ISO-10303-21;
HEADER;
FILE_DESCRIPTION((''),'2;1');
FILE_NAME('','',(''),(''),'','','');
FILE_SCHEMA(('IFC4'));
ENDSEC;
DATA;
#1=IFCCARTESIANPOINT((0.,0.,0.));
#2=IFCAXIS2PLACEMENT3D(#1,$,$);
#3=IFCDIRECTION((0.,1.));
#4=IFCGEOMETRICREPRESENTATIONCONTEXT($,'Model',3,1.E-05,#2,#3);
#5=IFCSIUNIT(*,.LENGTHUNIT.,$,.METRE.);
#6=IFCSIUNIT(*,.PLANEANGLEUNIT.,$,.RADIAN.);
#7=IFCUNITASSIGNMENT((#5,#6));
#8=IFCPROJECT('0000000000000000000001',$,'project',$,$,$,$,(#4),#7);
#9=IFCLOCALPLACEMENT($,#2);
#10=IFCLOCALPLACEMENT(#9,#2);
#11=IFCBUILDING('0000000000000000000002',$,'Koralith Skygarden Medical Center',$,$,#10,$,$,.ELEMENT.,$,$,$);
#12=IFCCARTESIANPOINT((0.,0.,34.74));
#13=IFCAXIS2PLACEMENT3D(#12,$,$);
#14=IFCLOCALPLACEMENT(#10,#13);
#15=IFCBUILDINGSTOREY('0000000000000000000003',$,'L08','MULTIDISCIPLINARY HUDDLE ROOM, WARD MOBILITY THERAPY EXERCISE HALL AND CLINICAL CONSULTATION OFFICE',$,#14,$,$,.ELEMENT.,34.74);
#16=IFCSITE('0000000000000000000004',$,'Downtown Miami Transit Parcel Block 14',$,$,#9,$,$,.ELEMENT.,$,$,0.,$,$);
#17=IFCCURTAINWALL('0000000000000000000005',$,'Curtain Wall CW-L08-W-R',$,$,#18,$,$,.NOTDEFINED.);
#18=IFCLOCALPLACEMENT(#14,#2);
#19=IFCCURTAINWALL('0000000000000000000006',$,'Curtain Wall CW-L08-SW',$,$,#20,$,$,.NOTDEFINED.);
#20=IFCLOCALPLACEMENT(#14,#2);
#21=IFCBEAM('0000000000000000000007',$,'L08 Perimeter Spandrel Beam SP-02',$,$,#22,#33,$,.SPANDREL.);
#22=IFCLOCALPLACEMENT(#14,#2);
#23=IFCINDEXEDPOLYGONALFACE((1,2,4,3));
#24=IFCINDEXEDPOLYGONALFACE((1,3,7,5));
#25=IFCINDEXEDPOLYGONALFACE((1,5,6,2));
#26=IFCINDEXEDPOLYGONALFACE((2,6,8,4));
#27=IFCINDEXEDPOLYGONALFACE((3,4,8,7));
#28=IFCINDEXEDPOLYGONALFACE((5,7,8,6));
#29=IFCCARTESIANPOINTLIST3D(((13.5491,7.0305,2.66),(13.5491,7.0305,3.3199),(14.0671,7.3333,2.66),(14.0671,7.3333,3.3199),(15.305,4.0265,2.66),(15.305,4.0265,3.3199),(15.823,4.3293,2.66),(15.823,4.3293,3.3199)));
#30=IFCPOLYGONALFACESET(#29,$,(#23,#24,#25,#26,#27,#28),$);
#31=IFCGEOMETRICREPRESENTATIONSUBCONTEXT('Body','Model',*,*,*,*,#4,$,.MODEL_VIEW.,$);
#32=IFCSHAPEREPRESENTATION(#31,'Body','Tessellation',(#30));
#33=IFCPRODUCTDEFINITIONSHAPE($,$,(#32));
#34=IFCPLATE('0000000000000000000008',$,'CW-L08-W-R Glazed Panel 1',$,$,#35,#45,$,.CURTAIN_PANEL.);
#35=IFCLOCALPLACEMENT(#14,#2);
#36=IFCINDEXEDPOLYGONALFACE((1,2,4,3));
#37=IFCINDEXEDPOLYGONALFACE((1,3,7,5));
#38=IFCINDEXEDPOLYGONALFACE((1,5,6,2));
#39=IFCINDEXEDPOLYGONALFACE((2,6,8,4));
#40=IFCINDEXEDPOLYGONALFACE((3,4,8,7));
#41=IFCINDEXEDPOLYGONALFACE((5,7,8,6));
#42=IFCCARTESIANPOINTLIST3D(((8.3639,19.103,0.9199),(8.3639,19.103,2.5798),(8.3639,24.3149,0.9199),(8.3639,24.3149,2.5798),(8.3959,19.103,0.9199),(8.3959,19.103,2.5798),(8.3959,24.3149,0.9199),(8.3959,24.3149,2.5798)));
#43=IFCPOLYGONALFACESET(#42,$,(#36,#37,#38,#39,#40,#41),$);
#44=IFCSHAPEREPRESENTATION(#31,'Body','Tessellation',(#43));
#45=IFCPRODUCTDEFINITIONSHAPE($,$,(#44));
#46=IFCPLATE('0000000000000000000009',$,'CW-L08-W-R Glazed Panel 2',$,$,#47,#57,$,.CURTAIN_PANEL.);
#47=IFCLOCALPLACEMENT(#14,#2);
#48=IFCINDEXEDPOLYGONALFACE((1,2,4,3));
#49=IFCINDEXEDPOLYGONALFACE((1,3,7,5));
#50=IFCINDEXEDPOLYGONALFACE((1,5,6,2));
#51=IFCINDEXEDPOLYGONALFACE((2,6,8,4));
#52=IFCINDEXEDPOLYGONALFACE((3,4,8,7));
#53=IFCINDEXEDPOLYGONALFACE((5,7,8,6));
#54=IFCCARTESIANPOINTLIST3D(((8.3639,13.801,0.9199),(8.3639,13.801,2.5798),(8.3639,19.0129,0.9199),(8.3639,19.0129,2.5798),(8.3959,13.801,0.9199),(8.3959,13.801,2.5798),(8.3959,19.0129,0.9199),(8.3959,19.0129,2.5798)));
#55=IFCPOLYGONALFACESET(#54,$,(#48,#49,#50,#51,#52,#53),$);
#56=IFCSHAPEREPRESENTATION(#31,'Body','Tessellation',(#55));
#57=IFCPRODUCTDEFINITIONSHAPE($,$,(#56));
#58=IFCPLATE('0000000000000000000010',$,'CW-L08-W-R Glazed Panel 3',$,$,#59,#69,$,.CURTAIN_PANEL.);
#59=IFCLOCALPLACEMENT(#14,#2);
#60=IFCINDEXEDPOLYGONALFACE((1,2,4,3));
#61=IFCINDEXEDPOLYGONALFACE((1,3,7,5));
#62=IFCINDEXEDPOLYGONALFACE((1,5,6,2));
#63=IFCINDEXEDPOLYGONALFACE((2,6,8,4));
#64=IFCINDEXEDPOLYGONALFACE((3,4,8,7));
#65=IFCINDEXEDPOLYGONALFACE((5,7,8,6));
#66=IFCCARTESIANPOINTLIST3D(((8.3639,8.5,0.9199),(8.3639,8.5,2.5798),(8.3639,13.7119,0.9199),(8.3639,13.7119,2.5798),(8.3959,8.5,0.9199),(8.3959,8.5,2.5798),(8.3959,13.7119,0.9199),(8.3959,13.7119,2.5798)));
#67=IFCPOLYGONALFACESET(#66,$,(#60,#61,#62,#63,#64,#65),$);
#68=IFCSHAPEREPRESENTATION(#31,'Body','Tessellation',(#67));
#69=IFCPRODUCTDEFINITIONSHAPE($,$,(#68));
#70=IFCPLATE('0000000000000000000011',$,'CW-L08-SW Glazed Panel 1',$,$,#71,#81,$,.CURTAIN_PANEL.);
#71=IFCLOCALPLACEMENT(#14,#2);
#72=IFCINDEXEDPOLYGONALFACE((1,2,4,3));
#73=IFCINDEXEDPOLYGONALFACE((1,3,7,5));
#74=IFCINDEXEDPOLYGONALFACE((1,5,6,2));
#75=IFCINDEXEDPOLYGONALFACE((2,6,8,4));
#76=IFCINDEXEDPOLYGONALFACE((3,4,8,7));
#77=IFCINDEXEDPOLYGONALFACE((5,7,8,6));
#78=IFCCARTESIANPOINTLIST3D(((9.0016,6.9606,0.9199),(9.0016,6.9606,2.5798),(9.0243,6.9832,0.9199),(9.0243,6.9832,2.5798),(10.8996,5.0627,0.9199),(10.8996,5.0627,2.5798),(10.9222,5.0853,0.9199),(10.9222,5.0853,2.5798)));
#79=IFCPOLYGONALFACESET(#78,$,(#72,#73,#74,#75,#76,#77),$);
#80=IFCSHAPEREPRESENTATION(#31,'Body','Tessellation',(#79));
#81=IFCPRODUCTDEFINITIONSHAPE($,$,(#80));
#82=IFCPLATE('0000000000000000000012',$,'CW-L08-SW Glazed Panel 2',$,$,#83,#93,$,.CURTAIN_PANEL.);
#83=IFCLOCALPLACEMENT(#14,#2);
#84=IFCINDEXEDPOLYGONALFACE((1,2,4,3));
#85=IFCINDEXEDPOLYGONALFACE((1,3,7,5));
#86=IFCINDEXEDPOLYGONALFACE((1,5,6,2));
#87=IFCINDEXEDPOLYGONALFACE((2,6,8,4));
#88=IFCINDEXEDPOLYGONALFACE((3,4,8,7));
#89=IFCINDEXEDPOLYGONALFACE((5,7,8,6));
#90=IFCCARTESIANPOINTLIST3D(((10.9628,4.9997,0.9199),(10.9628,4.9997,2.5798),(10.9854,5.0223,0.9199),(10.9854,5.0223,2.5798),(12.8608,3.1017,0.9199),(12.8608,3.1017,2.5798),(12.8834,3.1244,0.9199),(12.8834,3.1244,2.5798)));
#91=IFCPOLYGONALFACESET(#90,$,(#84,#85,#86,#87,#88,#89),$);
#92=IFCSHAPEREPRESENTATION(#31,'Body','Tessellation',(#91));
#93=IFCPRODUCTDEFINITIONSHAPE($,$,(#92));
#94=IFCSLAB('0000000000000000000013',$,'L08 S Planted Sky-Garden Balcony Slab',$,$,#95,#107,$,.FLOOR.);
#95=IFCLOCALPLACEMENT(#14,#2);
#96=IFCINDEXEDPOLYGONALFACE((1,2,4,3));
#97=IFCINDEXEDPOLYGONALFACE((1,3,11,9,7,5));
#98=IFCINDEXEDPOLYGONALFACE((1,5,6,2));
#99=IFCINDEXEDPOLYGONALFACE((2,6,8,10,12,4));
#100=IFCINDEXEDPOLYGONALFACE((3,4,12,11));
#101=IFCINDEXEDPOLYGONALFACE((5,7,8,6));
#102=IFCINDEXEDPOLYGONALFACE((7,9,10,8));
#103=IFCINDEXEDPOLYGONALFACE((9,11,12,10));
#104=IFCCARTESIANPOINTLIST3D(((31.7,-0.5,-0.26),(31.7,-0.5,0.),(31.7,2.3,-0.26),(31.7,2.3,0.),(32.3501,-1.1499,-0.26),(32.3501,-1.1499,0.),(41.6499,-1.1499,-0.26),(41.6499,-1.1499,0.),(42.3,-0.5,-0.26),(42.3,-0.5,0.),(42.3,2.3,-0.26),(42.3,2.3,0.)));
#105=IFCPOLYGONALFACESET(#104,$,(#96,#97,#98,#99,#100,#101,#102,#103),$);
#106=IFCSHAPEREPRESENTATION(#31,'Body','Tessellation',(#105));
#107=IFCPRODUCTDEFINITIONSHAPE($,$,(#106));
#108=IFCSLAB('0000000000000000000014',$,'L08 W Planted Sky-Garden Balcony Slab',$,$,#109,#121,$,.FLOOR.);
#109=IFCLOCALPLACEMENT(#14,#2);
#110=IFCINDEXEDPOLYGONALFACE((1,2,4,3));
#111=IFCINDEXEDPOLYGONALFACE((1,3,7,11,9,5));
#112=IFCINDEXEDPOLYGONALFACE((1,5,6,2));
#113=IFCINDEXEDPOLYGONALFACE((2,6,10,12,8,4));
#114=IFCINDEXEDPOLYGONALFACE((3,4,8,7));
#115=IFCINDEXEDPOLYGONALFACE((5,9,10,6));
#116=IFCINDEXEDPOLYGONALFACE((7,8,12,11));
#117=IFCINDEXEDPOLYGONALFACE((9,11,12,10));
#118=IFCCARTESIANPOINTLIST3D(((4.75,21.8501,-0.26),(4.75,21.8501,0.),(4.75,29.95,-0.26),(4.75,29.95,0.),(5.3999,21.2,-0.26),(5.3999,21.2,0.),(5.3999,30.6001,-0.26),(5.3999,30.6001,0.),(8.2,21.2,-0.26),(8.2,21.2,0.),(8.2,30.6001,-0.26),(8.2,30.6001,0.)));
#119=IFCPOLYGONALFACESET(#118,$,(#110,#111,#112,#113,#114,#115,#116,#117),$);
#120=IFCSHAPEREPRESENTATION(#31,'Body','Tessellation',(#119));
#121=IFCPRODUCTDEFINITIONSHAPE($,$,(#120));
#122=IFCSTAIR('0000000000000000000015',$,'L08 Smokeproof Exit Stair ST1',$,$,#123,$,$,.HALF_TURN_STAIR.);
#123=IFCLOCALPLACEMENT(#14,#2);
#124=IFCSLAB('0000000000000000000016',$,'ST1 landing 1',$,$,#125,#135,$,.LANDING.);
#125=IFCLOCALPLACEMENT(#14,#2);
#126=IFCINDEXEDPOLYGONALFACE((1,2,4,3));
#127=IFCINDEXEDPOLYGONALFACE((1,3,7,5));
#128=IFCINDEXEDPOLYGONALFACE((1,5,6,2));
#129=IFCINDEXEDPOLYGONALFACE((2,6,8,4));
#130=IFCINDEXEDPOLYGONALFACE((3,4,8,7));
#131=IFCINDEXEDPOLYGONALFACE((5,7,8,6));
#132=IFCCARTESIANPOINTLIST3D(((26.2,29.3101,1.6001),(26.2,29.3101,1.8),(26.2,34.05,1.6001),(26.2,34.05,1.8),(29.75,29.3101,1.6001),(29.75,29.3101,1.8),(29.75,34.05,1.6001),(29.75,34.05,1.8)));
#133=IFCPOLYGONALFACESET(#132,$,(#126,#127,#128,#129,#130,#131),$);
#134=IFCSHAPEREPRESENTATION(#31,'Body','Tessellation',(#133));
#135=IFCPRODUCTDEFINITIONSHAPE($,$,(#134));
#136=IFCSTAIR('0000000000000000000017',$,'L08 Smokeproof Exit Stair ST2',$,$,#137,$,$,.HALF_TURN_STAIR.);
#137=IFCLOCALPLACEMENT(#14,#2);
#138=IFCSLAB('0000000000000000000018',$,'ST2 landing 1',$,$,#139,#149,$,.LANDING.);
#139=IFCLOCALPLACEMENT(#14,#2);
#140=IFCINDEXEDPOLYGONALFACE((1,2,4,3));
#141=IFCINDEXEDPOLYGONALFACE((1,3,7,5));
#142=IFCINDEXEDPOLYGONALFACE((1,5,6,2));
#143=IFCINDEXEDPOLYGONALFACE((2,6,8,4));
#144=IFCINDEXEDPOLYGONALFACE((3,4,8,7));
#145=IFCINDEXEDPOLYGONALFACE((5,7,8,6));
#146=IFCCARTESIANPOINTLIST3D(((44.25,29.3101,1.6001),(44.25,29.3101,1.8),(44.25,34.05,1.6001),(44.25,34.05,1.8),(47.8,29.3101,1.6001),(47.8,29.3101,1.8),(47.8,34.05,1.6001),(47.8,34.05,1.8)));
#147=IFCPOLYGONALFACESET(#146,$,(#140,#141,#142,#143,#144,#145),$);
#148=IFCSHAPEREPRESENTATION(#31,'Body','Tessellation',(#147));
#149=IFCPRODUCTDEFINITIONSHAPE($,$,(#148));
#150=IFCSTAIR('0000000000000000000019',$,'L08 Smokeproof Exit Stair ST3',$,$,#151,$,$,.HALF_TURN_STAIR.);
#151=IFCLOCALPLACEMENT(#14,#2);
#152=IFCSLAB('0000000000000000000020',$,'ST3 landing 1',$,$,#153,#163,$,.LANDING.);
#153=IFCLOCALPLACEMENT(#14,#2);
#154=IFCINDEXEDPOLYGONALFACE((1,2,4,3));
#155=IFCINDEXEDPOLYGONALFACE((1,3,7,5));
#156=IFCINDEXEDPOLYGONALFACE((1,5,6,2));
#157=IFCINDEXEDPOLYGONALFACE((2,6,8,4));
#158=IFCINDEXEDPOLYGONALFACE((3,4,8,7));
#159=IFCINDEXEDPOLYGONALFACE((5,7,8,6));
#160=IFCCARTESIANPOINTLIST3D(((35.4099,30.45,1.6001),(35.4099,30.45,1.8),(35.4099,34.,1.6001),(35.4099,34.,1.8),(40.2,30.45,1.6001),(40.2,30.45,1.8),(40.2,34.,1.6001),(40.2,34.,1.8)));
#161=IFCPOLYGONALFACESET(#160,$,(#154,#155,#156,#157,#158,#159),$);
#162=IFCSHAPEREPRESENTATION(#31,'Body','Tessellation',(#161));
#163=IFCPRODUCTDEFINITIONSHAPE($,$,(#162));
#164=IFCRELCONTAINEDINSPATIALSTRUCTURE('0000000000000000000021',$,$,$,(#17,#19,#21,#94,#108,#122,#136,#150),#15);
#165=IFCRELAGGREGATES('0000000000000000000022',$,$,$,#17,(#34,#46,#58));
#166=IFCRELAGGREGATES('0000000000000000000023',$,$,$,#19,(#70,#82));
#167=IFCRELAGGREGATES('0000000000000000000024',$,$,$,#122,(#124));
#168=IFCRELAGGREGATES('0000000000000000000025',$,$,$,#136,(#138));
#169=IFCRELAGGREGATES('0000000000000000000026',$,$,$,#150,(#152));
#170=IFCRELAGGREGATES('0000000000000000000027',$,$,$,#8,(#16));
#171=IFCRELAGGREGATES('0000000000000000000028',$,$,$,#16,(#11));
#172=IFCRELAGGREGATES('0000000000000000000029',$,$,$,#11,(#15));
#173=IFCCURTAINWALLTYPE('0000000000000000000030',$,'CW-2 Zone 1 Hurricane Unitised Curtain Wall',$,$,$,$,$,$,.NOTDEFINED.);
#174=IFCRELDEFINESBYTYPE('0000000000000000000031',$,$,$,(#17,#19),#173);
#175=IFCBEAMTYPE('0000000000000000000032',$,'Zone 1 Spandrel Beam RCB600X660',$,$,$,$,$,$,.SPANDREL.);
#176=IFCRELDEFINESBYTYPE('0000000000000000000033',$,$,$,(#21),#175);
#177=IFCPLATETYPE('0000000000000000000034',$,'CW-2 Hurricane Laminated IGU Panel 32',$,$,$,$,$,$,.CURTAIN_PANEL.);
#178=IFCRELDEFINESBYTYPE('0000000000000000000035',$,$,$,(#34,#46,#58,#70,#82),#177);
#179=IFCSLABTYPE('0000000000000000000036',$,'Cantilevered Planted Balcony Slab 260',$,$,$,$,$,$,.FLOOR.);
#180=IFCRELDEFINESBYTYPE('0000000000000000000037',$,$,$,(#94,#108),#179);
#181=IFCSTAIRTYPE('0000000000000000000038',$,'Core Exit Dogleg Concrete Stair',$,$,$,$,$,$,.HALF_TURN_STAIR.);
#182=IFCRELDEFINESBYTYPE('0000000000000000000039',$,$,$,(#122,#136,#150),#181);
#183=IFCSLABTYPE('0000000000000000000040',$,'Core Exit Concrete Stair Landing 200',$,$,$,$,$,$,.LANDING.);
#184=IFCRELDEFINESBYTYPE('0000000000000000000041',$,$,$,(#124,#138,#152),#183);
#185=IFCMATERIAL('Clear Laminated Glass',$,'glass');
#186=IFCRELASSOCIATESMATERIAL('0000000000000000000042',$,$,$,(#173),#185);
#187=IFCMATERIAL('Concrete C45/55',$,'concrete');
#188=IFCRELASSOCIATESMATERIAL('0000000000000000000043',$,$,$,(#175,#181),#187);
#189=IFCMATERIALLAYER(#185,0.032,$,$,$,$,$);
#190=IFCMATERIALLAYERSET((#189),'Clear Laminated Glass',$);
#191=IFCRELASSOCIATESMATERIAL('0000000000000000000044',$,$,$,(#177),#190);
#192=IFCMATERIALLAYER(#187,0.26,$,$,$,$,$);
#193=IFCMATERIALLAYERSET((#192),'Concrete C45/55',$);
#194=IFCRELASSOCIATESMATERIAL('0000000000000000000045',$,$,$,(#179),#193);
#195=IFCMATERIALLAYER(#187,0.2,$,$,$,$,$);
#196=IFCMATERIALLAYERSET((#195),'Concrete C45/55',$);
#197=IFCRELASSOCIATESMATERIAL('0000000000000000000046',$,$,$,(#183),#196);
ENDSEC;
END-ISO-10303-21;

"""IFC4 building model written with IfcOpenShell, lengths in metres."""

from ifc_helpers import new_model, si_unit, direction, frame, origin, origin_2d, place, context, subcontext, project, spatial, polyline, rectangle, outline, extrude, material, layer, layer_set, material_profile, profile_set, type_object, element, aggregate, save


model = new_model("IFC4")

# Units and contexts
model_context = context("Model", 3, precision=1e-05, world=origin(), true_north=direction((0.0, 1.0)))
body_context = subcontext(model_context, "Body", "Model", "MODEL_VIEW")
ifc_project = project(units=[si_unit("LENGTHUNIT", "METRE"), si_unit("PLANEANGLEUNIT", "RADIAN")], contexts=[model_context])

# Site, building, storey
site_placement = place(None, origin())
site = spatial("IfcSite", under=ifc_project, at=site_placement, Name="Downtown Miami Transit Parcel Block 14", CompositionType="ELEMENT", RefElevation=0.0)
building_placement = place(site_placement, origin())
building = spatial("IfcBuilding", under=site, at=building_placement, Name="Koralith Skygarden Medical Center", CompositionType="ELEMENT")
storey_placement = place(building_placement, frame((0.0, 0.0, 34.74)))
storey = spatial("IfcBuildingStorey", under=building, at=storey_placement, Name="L08", Description="MULTIDISCIPLINARY HUDDLE ROOM, WARD MOBILITY THERAPY EXERCISE HALL AND CLINICAL CONSULTATION OFFICE", CompositionType="ELEMENT", Elevation=34.74)

# Curtain walls
ifc_material_1 = material(Name="Clear Laminated Glass", Category="glass")
curtain_wall_type = type_object("IfcCurtainWallType", Name="CW-2 Zone 1 Hurricane Unitised Curtain Wall", PredefinedType="NOTDEFINED", material=ifc_material_1)
curtain_wall_1_placement = place(storey_placement, origin())
curtain_wall_1 = element("IfcCurtainWall", 1, at=curtain_wall_1_placement, inside=storey, type_object=curtain_wall_type, Name="Curtain Wall CW-L08-W-R", PredefinedType="NOTDEFINED")
curtain_wall_2_placement = place(storey_placement, origin())
curtain_wall_2 = element("IfcCurtainWall", 2, at=curtain_wall_2_placement, inside=storey, type_object=curtain_wall_type, Name="Curtain Wall CW-L08-SW", PredefinedType="NOTDEFINED")

# Beam
ifc_material_2 = material(Name="Concrete C45/55", Category="concrete")
ifc_material_profile_1 = material_profile(ifc_material_2, rectangle(XDim=0.6001, YDim=0.6599, at=origin_2d()), Name="RCB600X660")
ifc_profile_set_1 = profile_set([ifc_material_profile_1], Name="Concrete C45/55")
beam_type = type_object("IfcBeamType", Name="Zone 1 Spandrel Beam RCB600X660", PredefinedType="SPANDREL", material=ifc_profile_set_1)
beam_1_placement = place(storey_placement, frame((13.8081, 7.1819, 2.99), z_axis=(0.504639, -0.863331, 0.0), x_axis=(0.863331, 0.504639, 0.0)))
element("IfcBeam", 3, at=beam_1_placement, inside=storey, type_object=beam_type, Name="L08 Perimeter Spandrel Beam SP-02", PredefinedType="SPANDREL", context=body_context, shape_type="SweptSolid", body=[
    extrude(rectangle(XDim=0.6001, YDim=0.6599, at=origin_2d()), origin(), (0.0, 0.0, 1.0), 3.4795),
])

# Plates
ifc_layer_1 = layer(ifc_material_1, 0.032)
ifc_layer_set_1 = layer_set([ifc_layer_1], Name="Clear Laminated Glass")
plate_type_1 = type_object("IfcPlateType", Name="CW-2 Hurricane Laminated IGU Panel 32", PredefinedType="CURTAIN_PANEL", material=ifc_layer_set_1)
plate_1_placement = place(storey_placement, frame((8.3799, 21.709, 0.9199), z_axis=(0.0, 0.0, 1.0), x_axis=(0.0, -1.0, 0.0)))
plate_1 = element("IfcPlate", 4, at=plate_1_placement, type_object=plate_type_1, Name="CW-L08-W-R Glazed Panel 1", PredefinedType="CURTAIN_PANEL", context=body_context, shape_type="SweptSolid", body=[
    extrude(rectangle(XDim=5.2119, YDim=0.032, at=origin_2d()), origin(), (0.0, 0.0, 1.0), 1.6599),
])
plate_2_placement = place(storey_placement, frame((8.3799, 16.407, 0.9199), z_axis=(0.0, 0.0, 1.0), x_axis=(0.0, -1.0, 0.0)))
plate_2 = element("IfcPlate", 5, at=plate_2_placement, type_object=plate_type_1, Name="CW-L08-W-R Glazed Panel 2", PredefinedType="CURTAIN_PANEL", context=body_context, shape_type="SweptSolid", body=[
    extrude(rectangle(XDim=5.2119, YDim=0.032, at=origin_2d()), origin(), (0.0, 0.0, 1.0), 1.6599),
])
plate_3_placement = place(storey_placement, frame((8.3799, 11.106, 0.9199), z_axis=(0.0, 0.0, 1.0), x_axis=(0.0, -1.0, 0.0)))
plate_3 = element("IfcPlate", 6, at=plate_3_placement, type_object=plate_type_1, Name="CW-L08-W-R Glazed Panel 3", PredefinedType="CURTAIN_PANEL", context=body_context, shape_type="SweptSolid", body=[
    extrude(rectangle(XDim=5.2119, YDim=0.032, at=origin_2d()), origin(), (0.0, 0.0, 1.0), 1.6599),
])
aggregate(curtain_wall_1, [plate_1, plate_2, plate_3])
plate_4_placement = place(storey_placement, frame((9.9619, 6.0229, 0.9199), z_axis=(0.0, 0.0, 1.0), x_axis=(0.707107, -0.707107, 0.0)))
plate_4 = element("IfcPlate", 7, at=plate_4_placement, type_object=plate_type_1, Name="CW-L08-SW Glazed Panel 1", PredefinedType="CURTAIN_PANEL", context=body_context, shape_type="SweptSolid", body=[
    extrude(rectangle(XDim=2.6841, YDim=0.032, at=origin_2d()), origin(), (0.0, 0.0, 1.0), 1.6599),
])
plate_5_placement = place(storey_placement, frame((11.9231, 4.062, 0.9199), z_axis=(0.0, 0.0, 1.0), x_axis=(0.707107, -0.707107, 0.0)))
plate_5 = element("IfcPlate", 8, at=plate_5_placement, type_object=plate_type_1, Name="CW-L08-SW Glazed Panel 2", PredefinedType="CURTAIN_PANEL", context=body_context, shape_type="SweptSolid", body=[
    extrude(rectangle(XDim=2.6841, YDim=0.032, at=origin_2d()), origin(), (0.0, 0.0, 1.0), 1.6599),
])
aggregate(curtain_wall_2, [plate_4, plate_5])

# Slabs
ifc_layer_2 = layer(ifc_material_2, 0.26)
ifc_layer_set_2 = layer_set([ifc_layer_2], Name="Concrete C45/55")
slab_type_1 = type_object("IfcSlabType", Name="Cantilevered Planted Balcony Slab 260", PredefinedType="FLOOR", material=ifc_layer_set_2)
slab_1_placement = place(storey_placement, frame((0.0, 0.0, -0.26)))
element("IfcSlab", 9, at=slab_1_placement, inside=storey, type_object=slab_type_1, Name="L08 S Planted Sky-Garden Balcony Slab", PredefinedType="FLOOR", context=body_context, shape_type="SweptSolid", body=[
    extrude(outline(polyline([(32.3501, -1.1499), (41.6499, -1.1499), (42.3, -0.5), (42.3, 2.3), (31.7, 2.3), (31.7, -0.5), (32.3501, -1.1499)])), origin(), (0.0, 0.0, 1.0), 0.26),
])
slab_2_placement = place(storey_placement, frame((0.0, 0.0, -0.26)))
element("IfcSlab", 10, at=slab_2_placement, inside=storey, type_object=slab_type_1, Name="L08 W Planted Sky-Garden Balcony Slab", PredefinedType="FLOOR", context=body_context, shape_type="SweptSolid", body=[
    extrude(outline(polyline([(5.3999, 21.2), (8.2, 21.2), (8.2, 30.6001), (5.3999, 30.6001), (4.75, 29.95), (4.75, 21.8501), (5.3999, 21.2)])), origin(), (0.0, 0.0, 1.0), 0.26),
])

# Stairs, slabs
stair_type = type_object("IfcStairType", Name="Core Exit Dogleg Concrete Stair", PredefinedType="HALF_TURN_STAIR", material=ifc_material_2)
stair_1_placement = place(storey_placement, origin())
stair_1 = element("IfcStair", 11, at=stair_1_placement, inside=storey, type_object=stair_type, Name="L08 Smokeproof Exit Stair ST1", PredefinedType="HALF_TURN_STAIR")
ifc_layer_3 = layer(ifc_material_2, 0.2)
ifc_layer_set_3 = layer_set([ifc_layer_3], Name="Concrete C45/55")
slab_type_2 = type_object("IfcSlabType", Name="Core Exit Concrete Stair Landing 200", PredefinedType="LANDING", material=ifc_layer_set_3)
slab_3_placement = place(storey_placement, frame((0.0, 0.0, 1.6001)))
slab_3 = element("IfcSlab", 12, at=slab_3_placement, type_object=slab_type_2, Name="ST1 landing 1", PredefinedType="LANDING", context=body_context, shape_type="SweptSolid", body=[
    extrude(outline(polyline([(29.75, 29.3101), (29.75, 34.05), (26.2, 34.05), (26.2, 29.3101), (29.75, 29.3101)])), origin(), (0.0, 0.0, 1.0), 0.2),
])
aggregate(stair_1, [slab_3])
stair_2_placement = place(storey_placement, origin())
stair_2 = element("IfcStair", 13, at=stair_2_placement, inside=storey, type_object=stair_type, Name="L08 Smokeproof Exit Stair ST2", PredefinedType="HALF_TURN_STAIR")
slab_4_placement = place(storey_placement, frame((0.0, 0.0, 1.6001)))
slab_4 = element("IfcSlab", 14, at=slab_4_placement, type_object=slab_type_2, Name="ST2 landing 1", PredefinedType="LANDING", context=body_context, shape_type="SweptSolid", body=[
    extrude(outline(polyline([(47.8, 29.3101), (47.8, 34.05), (44.25, 34.05), (44.25, 29.3101), (47.8, 29.3101)])), origin(), (0.0, 0.0, 1.0), 0.2),
])
aggregate(stair_2, [slab_4])
stair_3_placement = place(storey_placement, origin())
stair_3 = element("IfcStair", 15, at=stair_3_placement, inside=storey, type_object=stair_type, Name="L08 Smokeproof Exit Stair ST3", PredefinedType="HALF_TURN_STAIR")
slab_5_placement = place(storey_placement, frame((0.0, 0.0, 1.6001)))
slab_5 = element("IfcSlab", 16, at=slab_5_placement, type_object=slab_type_2, Name="ST3 landing 1", PredefinedType="LANDING", context=body_context, shape_type="SweptSolid", body=[
    extrude(outline(polyline([(35.4099, 30.45), (40.2, 30.45), (40.2, 34.0), (35.4099, 34.0), (35.4099, 30.45)])), origin(), (0.0, 0.0, 1.0), 0.2),
])
aggregate(stair_3, [slab_5])

save(model, "model.ifc")
